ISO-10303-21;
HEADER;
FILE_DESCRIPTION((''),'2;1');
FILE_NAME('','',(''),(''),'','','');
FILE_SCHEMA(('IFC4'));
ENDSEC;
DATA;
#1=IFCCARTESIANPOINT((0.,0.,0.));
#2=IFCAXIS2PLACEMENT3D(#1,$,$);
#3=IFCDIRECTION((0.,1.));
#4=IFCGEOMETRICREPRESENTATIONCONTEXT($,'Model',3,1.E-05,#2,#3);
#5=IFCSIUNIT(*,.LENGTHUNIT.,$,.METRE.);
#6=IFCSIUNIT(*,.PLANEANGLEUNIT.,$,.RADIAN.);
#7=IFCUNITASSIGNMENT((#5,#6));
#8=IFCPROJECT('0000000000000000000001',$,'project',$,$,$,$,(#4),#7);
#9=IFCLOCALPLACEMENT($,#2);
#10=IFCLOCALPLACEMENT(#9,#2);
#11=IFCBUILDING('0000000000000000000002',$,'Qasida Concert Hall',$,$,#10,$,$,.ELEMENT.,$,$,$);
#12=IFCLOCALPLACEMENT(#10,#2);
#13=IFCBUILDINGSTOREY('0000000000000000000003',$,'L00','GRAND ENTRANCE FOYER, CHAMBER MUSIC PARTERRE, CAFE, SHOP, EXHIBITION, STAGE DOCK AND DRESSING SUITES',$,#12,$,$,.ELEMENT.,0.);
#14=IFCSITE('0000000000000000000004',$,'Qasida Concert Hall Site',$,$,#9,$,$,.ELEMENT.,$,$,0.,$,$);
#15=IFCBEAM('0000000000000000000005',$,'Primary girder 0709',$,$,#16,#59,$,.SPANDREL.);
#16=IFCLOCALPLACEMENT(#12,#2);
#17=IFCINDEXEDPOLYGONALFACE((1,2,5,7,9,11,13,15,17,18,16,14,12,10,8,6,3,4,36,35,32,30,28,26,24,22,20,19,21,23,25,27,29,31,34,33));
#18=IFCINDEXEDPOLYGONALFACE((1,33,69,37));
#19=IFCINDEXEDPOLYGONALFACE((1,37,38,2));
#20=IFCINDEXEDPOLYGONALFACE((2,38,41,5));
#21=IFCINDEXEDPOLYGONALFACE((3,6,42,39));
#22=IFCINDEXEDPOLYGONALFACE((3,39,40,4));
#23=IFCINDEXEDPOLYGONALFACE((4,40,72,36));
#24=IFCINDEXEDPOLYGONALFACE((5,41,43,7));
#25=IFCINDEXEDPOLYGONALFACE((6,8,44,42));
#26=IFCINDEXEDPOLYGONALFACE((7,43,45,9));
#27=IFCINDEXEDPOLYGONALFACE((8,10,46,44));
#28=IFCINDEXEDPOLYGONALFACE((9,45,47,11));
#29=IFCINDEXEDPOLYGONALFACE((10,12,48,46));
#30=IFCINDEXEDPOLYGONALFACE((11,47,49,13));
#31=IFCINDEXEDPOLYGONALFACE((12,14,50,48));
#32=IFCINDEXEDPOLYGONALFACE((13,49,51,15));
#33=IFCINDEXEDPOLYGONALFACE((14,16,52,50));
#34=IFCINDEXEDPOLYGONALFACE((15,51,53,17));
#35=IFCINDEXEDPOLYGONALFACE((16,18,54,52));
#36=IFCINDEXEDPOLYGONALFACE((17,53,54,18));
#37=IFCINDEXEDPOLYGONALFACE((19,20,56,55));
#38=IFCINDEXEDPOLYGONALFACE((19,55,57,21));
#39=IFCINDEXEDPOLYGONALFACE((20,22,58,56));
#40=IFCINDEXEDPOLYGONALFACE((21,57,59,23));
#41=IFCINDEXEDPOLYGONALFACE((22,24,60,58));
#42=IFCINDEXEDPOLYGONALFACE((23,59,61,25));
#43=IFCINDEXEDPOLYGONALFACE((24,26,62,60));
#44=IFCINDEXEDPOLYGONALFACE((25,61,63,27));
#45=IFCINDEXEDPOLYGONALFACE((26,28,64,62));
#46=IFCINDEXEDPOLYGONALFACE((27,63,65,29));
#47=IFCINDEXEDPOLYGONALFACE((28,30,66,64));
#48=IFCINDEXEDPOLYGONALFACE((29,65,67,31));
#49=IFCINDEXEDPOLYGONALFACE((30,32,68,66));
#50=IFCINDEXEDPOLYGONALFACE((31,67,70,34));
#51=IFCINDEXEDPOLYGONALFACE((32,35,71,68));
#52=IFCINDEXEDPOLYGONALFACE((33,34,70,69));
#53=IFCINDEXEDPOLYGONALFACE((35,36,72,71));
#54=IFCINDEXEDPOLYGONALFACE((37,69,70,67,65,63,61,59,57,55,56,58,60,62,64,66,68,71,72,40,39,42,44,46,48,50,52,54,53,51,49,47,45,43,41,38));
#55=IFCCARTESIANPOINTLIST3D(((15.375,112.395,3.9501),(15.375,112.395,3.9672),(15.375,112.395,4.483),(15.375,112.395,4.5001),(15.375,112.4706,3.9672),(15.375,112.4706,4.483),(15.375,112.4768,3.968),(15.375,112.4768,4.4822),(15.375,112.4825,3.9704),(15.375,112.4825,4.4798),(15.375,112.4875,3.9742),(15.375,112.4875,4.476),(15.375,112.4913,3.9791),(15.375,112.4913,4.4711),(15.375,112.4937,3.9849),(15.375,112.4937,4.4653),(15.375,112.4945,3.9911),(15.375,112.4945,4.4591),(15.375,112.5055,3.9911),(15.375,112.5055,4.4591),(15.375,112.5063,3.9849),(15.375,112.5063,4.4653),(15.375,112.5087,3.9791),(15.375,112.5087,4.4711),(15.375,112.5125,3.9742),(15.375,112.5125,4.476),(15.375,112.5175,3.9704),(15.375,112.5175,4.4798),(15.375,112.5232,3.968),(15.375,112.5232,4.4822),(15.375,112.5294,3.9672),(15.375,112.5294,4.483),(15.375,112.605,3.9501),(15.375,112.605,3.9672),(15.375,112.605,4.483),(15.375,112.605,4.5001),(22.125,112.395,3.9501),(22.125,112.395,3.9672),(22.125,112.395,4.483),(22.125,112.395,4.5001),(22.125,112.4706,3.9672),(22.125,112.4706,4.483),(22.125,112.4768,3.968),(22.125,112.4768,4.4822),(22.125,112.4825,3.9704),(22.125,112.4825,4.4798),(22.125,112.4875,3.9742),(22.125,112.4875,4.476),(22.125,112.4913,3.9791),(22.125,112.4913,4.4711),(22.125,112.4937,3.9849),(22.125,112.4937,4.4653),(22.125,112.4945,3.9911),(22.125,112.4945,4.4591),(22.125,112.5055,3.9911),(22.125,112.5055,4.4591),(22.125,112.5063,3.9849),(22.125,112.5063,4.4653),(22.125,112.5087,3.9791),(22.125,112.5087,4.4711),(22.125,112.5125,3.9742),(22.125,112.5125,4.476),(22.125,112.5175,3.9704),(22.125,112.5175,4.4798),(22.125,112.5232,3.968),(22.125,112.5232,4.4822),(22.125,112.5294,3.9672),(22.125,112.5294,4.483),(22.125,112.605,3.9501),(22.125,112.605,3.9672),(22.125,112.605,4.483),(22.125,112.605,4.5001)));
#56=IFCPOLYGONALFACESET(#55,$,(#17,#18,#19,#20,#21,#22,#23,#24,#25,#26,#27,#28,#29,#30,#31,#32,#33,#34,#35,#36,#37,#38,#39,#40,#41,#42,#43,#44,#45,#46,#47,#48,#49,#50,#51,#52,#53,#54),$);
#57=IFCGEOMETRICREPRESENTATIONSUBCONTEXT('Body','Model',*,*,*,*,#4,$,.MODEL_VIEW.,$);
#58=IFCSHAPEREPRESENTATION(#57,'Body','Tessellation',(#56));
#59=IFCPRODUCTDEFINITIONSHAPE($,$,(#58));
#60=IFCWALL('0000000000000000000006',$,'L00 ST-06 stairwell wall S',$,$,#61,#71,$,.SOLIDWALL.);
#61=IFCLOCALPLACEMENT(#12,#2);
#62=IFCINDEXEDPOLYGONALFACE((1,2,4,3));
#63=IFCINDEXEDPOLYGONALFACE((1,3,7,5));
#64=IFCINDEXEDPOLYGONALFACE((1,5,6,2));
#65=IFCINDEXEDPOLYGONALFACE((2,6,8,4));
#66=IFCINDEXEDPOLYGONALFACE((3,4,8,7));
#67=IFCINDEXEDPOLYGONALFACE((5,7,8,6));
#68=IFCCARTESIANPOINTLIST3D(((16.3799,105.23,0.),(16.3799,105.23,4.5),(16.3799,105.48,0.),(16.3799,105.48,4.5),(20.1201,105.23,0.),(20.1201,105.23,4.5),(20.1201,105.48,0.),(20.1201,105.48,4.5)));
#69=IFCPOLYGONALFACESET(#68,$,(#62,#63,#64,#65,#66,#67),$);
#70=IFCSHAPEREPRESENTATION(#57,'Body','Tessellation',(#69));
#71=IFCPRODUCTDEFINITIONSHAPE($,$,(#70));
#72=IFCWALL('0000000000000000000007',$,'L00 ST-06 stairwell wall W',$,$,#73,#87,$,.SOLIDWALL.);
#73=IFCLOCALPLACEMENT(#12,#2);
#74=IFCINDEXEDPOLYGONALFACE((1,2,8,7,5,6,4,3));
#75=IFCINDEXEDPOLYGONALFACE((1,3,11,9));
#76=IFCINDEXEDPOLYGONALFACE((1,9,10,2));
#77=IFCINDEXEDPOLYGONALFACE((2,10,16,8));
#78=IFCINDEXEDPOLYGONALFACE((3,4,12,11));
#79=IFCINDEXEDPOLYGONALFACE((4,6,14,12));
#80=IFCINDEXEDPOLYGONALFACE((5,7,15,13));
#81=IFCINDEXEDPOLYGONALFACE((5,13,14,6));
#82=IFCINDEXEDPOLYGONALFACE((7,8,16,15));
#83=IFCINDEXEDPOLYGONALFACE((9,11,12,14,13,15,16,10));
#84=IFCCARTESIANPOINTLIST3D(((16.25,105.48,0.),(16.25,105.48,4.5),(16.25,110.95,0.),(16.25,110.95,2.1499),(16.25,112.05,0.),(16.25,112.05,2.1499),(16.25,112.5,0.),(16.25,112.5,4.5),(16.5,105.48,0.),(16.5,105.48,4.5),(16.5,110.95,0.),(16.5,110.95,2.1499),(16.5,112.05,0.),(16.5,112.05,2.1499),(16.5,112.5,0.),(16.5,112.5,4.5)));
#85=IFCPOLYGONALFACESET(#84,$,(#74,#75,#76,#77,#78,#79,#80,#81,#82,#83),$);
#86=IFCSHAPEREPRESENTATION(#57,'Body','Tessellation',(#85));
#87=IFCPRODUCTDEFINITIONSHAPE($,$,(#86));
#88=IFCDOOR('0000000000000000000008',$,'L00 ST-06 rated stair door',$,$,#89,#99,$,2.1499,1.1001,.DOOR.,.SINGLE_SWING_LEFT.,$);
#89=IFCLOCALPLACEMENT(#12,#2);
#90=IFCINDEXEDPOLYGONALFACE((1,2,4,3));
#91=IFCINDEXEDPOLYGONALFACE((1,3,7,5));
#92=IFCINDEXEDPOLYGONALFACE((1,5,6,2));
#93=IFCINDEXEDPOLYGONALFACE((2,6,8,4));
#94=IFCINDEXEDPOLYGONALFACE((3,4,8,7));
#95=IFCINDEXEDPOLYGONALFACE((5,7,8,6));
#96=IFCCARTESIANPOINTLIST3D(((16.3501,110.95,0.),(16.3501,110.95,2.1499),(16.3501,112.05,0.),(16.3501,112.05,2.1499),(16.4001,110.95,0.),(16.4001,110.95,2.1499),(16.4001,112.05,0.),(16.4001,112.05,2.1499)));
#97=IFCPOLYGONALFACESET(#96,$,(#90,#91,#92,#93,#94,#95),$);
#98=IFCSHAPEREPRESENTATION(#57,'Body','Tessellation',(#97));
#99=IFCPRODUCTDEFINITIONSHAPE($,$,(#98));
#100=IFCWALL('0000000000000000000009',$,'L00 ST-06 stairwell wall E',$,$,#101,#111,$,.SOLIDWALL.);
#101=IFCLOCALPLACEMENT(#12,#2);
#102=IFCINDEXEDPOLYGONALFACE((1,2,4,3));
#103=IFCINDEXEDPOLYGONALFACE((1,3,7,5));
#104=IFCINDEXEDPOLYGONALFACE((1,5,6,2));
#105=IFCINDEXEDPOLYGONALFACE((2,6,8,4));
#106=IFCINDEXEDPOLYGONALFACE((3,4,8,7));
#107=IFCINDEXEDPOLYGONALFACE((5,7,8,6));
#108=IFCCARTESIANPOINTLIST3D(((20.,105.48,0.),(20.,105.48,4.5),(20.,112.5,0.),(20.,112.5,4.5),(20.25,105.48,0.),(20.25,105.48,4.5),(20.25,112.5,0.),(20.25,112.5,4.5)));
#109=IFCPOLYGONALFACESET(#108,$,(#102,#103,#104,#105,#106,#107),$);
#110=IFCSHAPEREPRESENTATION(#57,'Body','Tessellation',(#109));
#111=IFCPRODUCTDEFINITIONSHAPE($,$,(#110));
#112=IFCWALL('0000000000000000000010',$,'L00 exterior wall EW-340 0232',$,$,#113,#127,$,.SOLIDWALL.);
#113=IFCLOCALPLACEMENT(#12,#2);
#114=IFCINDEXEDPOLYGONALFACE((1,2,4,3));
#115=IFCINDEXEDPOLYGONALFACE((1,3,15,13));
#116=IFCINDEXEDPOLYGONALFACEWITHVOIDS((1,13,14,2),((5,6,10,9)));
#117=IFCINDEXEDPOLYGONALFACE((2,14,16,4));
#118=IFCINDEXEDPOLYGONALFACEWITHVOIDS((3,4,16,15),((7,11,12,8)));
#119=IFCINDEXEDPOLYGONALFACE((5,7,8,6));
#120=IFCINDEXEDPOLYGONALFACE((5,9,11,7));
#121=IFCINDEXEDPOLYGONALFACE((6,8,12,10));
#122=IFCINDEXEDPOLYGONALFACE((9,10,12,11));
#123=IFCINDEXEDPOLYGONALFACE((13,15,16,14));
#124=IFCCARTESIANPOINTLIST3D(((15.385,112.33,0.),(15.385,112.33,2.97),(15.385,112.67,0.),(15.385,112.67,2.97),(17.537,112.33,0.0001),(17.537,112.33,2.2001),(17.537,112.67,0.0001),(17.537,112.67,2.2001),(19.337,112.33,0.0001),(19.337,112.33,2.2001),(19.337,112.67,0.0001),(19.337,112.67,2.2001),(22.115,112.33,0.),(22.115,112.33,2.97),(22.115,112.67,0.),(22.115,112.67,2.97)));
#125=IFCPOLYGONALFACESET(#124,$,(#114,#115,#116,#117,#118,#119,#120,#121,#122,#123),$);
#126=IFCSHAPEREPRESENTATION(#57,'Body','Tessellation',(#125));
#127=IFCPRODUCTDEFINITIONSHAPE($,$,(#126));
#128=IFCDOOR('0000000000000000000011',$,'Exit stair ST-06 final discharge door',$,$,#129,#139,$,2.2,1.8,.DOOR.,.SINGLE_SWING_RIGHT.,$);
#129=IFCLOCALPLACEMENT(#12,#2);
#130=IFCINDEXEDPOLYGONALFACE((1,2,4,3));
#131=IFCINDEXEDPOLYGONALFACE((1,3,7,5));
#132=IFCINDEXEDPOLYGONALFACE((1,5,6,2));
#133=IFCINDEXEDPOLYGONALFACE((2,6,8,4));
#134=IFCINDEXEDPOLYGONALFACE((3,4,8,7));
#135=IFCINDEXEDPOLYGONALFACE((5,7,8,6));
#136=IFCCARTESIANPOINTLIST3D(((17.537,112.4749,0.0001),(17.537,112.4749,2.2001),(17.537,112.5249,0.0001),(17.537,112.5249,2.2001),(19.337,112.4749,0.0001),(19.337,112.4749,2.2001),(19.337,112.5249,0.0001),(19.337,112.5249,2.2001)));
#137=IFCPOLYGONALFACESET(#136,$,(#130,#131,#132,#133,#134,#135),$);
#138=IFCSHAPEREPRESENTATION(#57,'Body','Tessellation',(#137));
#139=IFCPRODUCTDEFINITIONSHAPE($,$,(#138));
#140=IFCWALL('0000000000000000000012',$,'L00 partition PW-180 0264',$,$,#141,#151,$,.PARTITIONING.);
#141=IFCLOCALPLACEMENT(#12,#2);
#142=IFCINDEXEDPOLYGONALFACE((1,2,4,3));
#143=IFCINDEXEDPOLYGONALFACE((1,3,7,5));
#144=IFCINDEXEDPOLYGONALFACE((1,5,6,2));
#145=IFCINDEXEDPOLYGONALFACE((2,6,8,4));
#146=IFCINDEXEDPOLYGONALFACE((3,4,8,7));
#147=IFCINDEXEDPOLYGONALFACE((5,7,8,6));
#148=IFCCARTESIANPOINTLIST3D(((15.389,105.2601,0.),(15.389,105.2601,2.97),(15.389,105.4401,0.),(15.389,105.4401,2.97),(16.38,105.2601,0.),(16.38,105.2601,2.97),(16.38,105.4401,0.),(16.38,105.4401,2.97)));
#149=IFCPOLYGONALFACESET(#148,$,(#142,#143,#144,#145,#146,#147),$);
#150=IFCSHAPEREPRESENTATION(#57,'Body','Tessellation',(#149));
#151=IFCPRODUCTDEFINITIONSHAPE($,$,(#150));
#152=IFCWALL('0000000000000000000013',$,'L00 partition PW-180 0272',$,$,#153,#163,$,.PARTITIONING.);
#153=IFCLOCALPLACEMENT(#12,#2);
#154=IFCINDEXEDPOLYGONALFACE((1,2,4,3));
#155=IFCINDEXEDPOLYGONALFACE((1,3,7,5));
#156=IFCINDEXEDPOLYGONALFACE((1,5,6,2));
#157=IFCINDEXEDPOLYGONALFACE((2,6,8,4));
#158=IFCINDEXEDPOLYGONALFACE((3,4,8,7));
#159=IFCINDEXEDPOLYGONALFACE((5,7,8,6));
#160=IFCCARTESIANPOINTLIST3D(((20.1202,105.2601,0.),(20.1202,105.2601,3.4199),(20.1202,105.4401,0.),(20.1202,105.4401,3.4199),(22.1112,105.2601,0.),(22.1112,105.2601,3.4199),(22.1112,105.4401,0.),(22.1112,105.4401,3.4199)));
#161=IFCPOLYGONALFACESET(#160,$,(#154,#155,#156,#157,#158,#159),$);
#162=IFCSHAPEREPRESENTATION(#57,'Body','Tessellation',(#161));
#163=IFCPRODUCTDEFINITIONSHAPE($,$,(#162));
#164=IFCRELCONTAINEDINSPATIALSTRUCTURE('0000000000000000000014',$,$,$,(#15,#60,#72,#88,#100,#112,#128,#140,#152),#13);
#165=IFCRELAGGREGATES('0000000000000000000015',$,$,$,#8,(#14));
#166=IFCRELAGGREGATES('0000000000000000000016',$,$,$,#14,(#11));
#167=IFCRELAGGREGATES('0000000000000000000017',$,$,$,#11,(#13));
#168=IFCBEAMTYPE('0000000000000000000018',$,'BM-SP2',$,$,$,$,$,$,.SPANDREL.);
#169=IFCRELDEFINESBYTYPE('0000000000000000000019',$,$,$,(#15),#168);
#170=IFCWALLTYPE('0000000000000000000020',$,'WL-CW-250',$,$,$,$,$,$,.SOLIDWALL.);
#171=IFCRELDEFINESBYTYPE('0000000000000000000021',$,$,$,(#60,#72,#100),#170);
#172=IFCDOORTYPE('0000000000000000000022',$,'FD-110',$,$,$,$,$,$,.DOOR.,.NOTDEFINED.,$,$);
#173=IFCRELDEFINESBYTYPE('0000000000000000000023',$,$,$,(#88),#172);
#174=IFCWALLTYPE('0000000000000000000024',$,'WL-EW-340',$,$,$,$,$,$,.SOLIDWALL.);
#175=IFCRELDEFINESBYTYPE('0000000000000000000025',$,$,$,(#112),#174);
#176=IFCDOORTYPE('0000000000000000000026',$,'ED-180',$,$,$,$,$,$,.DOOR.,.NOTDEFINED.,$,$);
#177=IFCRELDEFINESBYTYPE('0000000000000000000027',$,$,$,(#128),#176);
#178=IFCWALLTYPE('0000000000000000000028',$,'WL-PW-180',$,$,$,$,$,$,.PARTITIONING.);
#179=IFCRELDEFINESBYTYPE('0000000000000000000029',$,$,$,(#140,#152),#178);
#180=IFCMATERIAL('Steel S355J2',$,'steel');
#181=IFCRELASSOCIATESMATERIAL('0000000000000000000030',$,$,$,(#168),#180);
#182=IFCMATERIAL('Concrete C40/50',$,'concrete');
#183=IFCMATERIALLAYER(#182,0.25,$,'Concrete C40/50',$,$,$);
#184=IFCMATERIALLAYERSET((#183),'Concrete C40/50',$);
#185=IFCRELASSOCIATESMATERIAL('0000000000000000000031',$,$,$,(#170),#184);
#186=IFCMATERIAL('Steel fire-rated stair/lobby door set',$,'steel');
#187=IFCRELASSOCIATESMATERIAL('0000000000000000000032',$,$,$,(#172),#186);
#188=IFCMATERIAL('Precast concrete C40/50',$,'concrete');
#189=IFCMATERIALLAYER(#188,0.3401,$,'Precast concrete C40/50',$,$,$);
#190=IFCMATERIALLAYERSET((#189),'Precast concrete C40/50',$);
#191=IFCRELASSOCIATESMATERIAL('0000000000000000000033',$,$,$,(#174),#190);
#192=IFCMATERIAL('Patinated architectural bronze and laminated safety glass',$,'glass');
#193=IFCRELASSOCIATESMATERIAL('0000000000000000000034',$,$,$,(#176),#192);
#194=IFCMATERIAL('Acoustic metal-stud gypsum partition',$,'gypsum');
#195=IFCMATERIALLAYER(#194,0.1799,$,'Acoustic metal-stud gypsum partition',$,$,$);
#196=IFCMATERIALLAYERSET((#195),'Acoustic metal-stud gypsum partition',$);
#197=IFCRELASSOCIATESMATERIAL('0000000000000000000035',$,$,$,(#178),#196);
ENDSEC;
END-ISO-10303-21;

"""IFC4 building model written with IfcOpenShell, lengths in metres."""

from ifc_helpers import new_model, si_unit, direction, frame, frame_2d, origin, origin_2d, place, context, subcontext, project, spatial, rectangle, i_section, extrude, material, layer, layer_set, material_profile, profile_set, type_object, element, fill, save


model = new_model("IFC4")

# Units and contexts
model_context = context("Model", 3, precision=1e-05, world=origin(), true_north=direction((0.0, 1.0)))
body_context = subcontext(model_context, "Body", "Model", "MODEL_VIEW")
ifc_project = project(units=[si_unit("LENGTHUNIT", "METRE"), si_unit("PLANEANGLEUNIT", "RADIAN")], contexts=[model_context])

# Site, building, storey
site_placement = place(None, origin())
site = spatial("IfcSite", under=ifc_project, at=site_placement, Name="Qasida Concert Hall Site", CompositionType="ELEMENT", RefElevation=0.0)
building_placement = place(site_placement, origin())
building = spatial("IfcBuilding", under=site, at=building_placement, Name="Qasida Concert Hall", CompositionType="ELEMENT")
storey_placement = place(building_placement, origin())
storey = spatial("IfcBuildingStorey", under=building, at=storey_placement, Name="L00", Description="GRAND ENTRANCE FOYER, CHAMBER MUSIC PARTERRE, CAFE, SHOP, EXHIBITION, STAGE DOCK AND DRESSING SUITES", CompositionType="ELEMENT", Elevation=0.0)

# Beam
ifc_material_1 = material(Name="Concrete C40/50", Category="concrete")
ifc_material_2 = material(Name="Steel S355J2", Category="steel")
ifc_material_profile_1 = material_profile(ifc_material_2, i_section(OverallWidth=0.21, OverallDepth=0.55, WebThickness=0.011, FlangeThickness=0.0171, FilletRadius=0.0239, at=origin_2d()), Name="IPE 550")
ifc_profile_set_1 = profile_set([ifc_material_profile_1], Name="Steel S355J2")
beam_type_1 = type_object("IfcBeamType", Name="BM-SP2", PredefinedType="SPANDREL", material=ifc_profile_set_1)
beam_1_placement = place(storey_placement, frame((15.375, 112.5, 4.2251), z_axis=(1.0, 0.0, 0.0), x_axis=(0.0, 1.0, 0.0)))
element("IfcBeam", 1, at=beam_1_placement, inside=storey, type_object=beam_type_1, Name="Primary girder 0709", PredefinedType="SPANDREL", context=body_context, shape_type="SweptSolid", body=[
    extrude(i_section(OverallWidth=0.21, OverallDepth=0.55, WebThickness=0.011, FlangeThickness=0.0171, FilletRadius=0.0239, at=origin_2d()), origin(), (0.0, 0.0, 1.0), 6.75),
])

# Wall
ifc_layer_1 = layer(ifc_material_1, 0.25, Name="Concrete C40/50")
ifc_layer_set_1 = layer_set([ifc_layer_1], Name="Concrete C40/50")
wall_type_1 = type_object("IfcWallType", Name="WL-CW-250", PredefinedType="SOLIDWALL", material=ifc_layer_set_1)
wall_1_placement = place(storey_placement, frame((16.3799, 105.355, 0.0), z_axis=(0.0, 0.0, 1.0), x_axis=(1.0, 0.0, 0.0)))
element("IfcWall", 2, at=wall_1_placement, inside=storey, type_object=wall_type_1, Name="L00 ST-06 stairwell wall S", PredefinedType="SOLIDWALL", context=body_context, shape_type="SweptSolid", body=[
    extrude(rectangle(XDim=3.7402, YDim=0.25, at=frame_2d((1.8701, 0.0))), origin(), (0.0, 0.0, 1.0), 4.5),
])

# Wall, opening, door
wall_2_placement = place(storey_placement, frame((16.375, 105.48, 0.0), z_axis=(0.0, 0.0, 1.0), x_axis=(0.0, 1.0, 0.0)))
wall_2 = element("IfcWall", 3, at=wall_2_placement, inside=storey, type_object=wall_type_1, Name="L00 ST-06 stairwell wall W", PredefinedType="SOLIDWALL", context=body_context, shape_type="SweptSolid", body=[
    extrude(rectangle(XDim=7.02, YDim=0.25, at=frame_2d((3.51, 0.0))), origin(), (0.0, 0.0, 1.0), 4.5),
])
opening_1_placement = place(wall_2_placement, frame((5.47, 0.0, 0.0)))
opening_1 = element("IfcOpeningElement", 4, at=opening_1_placement, cuts=wall_2, PredefinedType="OPENING", context=body_context, shape_type="SweptSolid", body=[
    extrude(rectangle(XDim=1.1001, YDim=2.1499, at=frame_2d((0.55, 1.075))), frame((0.0, 0.135, 0.0), z_axis=(0.0, -1.0, 0.0), x_axis=(1.0, 0.0, 0.0)), (0.0, 0.0, 1.0), 0.27),
])
ifc_material_3 = material(Name="Steel fire-rated stair/lobby door set", Category="steel")
door_type_1 = type_object("IfcDoorType", Name="FD-110", OperationType="NOTDEFINED", PredefinedType="DOOR", material=ifc_material_3)
door_1_placement = place(opening_1_placement, origin())
door_1 = element("IfcDoor", 5, at=door_1_placement, inside=storey, type_object=door_type_1, Name="L00 ST-06 rated stair door", OperationType="SINGLE_SWING_LEFT", OverallHeight=2.1499, OverallWidth=1.1001, PredefinedType="DOOR", context=body_context, shape_type="SweptSolid", body=[
    extrude(rectangle(XDim=1.1001, YDim=2.1499, at=frame_2d((0.55, 1.075))), frame((0.0, 0.0249, 0.0), z_axis=(0.0, -1.0, 0.0), x_axis=(1.0, 0.0, 0.0)), (0.0, 0.0, 1.0), 0.05),
])
fill(opening_1, door_1)

# Wall
wall_3_placement = place(storey_placement, frame((20.125, 105.48, 0.0), z_axis=(0.0, 0.0, 1.0), x_axis=(0.0, 1.0, 0.0)))
element("IfcWall", 6, at=wall_3_placement, inside=storey, type_object=wall_type_1, Name="L00 ST-06 stairwell wall E", PredefinedType="SOLIDWALL", context=body_context, shape_type="SweptSolid", body=[
    extrude(rectangle(XDim=7.02, YDim=0.25, at=frame_2d((3.51, 0.0))), origin(), (0.0, 0.0, 1.0), 4.5),
])

# Wall, opening, door
ifc_material_4 = material(Name="Precast concrete C40/50", Category="concrete")
ifc_layer_2 = layer(ifc_material_4, 0.3401, Name="Precast concrete C40/50")
ifc_layer_set_2 = layer_set([ifc_layer_2], Name="Precast concrete C40/50")
wall_type_2 = type_object("IfcWallType", Name="WL-EW-340", PredefinedType="SOLIDWALL", material=ifc_layer_set_2)
wall_4_placement = place(storey_placement, frame((15.385, 112.5, 0.0), z_axis=(0.0, 0.0, 1.0), x_axis=(1.0, 0.0, 0.0)))
wall_4 = element("IfcWall", 7, at=wall_4_placement, inside=storey, type_object=wall_type_2, Name="L00 exterior wall EW-340 0232", PredefinedType="SOLIDWALL", context=body_context, shape_type="SweptSolid", body=[
    extrude(rectangle(XDim=6.73, YDim=0.3401, at=frame_2d((3.365, 0.0))), origin(), (0.0, 0.0, 1.0), 2.97),
])
opening_2_placement = place(wall_4_placement, frame((2.1521, 0.0, 0.0)))
opening_2 = element("IfcOpeningElement", 8, at=opening_2_placement, cuts=wall_4, PredefinedType="OPENING", context=body_context, shape_type="SweptSolid", body=[
    extrude(rectangle(XDim=1.8, YDim=2.2, at=frame_2d((0.8999, 1.1001))), frame((0.0, 0.1799, 0.0), z_axis=(0.0, -1.0, 0.0), x_axis=(1.0, 0.0, 0.0)), (0.0, 0.0, 1.0), 0.3601),
])
ifc_material_5 = material(Name="Patinated architectural bronze and laminated safety glass", Category="glass")
door_type_2 = type_object("IfcDoorType", Name="ED-180", OperationType="NOTDEFINED", PredefinedType="DOOR", material=ifc_material_5)
door_2_placement = place(opening_2_placement, origin())
door_2 = element("IfcDoor", 9, at=door_2_placement, inside=storey, type_object=door_type_2, Name="Exit stair ST-06 final discharge door", OperationType="SINGLE_SWING_RIGHT", OverallHeight=2.2, OverallWidth=1.8, PredefinedType="DOOR", context=body_context, shape_type="SweptSolid", body=[
    extrude(rectangle(XDim=1.8, YDim=2.2, at=frame_2d((0.8999, 1.1001))), frame((0.0, 0.0249, 0.0), z_axis=(0.0, -1.0, 0.0), x_axis=(1.0, 0.0, 0.0)), (0.0, 0.0, 1.0), 0.05),
])
fill(opening_2, door_2)

# Walls
ifc_material_6 = material(Name="Acoustic metal-stud gypsum partition", Category="gypsum")
ifc_layer_3 = layer(ifc_material_6, 0.1799, Name="Acoustic metal-stud gypsum partition")
ifc_layer_set_3 = layer_set([ifc_layer_3], Name="Acoustic metal-stud gypsum partition")
wall_type_3 = type_object("IfcWallType", Name="WL-PW-180", PredefinedType="PARTITIONING", material=ifc_layer_set_3)
wall_5_placement = place(storey_placement, frame((15.3889, 105.3501, 0.0), z_axis=(0.0, 0.0, 1.0), x_axis=(1.0, 0.0, 0.0)))
element("IfcWall", 10, at=wall_5_placement, inside=storey, type_object=wall_type_3, Name="L00 partition PW-180 0264", PredefinedType="PARTITIONING", context=body_context, shape_type="SweptSolid", body=[
    extrude(rectangle(XDim=0.991, YDim=0.1799, at=frame_2d((0.4956, 0.0))), origin(), (0.0, 0.0, 1.0), 2.97),
])
wall_6_placement = place(storey_placement, frame((20.1201, 105.3501, 0.0), z_axis=(0.0, 0.0, 1.0), x_axis=(1.0, 0.0, 0.0)))
element("IfcWall", 11, at=wall_6_placement, inside=storey, type_object=wall_type_3, Name="L00 partition PW-180 0272", PredefinedType="PARTITIONING", context=body_context, shape_type="SweptSolid", body=[
    extrude(rectangle(XDim=1.991, YDim=0.1799, at=frame_2d((0.9956, 0.0))), origin(), (0.0, 0.0, 1.0), 3.4199),
])

save(model, "model.ifc")
